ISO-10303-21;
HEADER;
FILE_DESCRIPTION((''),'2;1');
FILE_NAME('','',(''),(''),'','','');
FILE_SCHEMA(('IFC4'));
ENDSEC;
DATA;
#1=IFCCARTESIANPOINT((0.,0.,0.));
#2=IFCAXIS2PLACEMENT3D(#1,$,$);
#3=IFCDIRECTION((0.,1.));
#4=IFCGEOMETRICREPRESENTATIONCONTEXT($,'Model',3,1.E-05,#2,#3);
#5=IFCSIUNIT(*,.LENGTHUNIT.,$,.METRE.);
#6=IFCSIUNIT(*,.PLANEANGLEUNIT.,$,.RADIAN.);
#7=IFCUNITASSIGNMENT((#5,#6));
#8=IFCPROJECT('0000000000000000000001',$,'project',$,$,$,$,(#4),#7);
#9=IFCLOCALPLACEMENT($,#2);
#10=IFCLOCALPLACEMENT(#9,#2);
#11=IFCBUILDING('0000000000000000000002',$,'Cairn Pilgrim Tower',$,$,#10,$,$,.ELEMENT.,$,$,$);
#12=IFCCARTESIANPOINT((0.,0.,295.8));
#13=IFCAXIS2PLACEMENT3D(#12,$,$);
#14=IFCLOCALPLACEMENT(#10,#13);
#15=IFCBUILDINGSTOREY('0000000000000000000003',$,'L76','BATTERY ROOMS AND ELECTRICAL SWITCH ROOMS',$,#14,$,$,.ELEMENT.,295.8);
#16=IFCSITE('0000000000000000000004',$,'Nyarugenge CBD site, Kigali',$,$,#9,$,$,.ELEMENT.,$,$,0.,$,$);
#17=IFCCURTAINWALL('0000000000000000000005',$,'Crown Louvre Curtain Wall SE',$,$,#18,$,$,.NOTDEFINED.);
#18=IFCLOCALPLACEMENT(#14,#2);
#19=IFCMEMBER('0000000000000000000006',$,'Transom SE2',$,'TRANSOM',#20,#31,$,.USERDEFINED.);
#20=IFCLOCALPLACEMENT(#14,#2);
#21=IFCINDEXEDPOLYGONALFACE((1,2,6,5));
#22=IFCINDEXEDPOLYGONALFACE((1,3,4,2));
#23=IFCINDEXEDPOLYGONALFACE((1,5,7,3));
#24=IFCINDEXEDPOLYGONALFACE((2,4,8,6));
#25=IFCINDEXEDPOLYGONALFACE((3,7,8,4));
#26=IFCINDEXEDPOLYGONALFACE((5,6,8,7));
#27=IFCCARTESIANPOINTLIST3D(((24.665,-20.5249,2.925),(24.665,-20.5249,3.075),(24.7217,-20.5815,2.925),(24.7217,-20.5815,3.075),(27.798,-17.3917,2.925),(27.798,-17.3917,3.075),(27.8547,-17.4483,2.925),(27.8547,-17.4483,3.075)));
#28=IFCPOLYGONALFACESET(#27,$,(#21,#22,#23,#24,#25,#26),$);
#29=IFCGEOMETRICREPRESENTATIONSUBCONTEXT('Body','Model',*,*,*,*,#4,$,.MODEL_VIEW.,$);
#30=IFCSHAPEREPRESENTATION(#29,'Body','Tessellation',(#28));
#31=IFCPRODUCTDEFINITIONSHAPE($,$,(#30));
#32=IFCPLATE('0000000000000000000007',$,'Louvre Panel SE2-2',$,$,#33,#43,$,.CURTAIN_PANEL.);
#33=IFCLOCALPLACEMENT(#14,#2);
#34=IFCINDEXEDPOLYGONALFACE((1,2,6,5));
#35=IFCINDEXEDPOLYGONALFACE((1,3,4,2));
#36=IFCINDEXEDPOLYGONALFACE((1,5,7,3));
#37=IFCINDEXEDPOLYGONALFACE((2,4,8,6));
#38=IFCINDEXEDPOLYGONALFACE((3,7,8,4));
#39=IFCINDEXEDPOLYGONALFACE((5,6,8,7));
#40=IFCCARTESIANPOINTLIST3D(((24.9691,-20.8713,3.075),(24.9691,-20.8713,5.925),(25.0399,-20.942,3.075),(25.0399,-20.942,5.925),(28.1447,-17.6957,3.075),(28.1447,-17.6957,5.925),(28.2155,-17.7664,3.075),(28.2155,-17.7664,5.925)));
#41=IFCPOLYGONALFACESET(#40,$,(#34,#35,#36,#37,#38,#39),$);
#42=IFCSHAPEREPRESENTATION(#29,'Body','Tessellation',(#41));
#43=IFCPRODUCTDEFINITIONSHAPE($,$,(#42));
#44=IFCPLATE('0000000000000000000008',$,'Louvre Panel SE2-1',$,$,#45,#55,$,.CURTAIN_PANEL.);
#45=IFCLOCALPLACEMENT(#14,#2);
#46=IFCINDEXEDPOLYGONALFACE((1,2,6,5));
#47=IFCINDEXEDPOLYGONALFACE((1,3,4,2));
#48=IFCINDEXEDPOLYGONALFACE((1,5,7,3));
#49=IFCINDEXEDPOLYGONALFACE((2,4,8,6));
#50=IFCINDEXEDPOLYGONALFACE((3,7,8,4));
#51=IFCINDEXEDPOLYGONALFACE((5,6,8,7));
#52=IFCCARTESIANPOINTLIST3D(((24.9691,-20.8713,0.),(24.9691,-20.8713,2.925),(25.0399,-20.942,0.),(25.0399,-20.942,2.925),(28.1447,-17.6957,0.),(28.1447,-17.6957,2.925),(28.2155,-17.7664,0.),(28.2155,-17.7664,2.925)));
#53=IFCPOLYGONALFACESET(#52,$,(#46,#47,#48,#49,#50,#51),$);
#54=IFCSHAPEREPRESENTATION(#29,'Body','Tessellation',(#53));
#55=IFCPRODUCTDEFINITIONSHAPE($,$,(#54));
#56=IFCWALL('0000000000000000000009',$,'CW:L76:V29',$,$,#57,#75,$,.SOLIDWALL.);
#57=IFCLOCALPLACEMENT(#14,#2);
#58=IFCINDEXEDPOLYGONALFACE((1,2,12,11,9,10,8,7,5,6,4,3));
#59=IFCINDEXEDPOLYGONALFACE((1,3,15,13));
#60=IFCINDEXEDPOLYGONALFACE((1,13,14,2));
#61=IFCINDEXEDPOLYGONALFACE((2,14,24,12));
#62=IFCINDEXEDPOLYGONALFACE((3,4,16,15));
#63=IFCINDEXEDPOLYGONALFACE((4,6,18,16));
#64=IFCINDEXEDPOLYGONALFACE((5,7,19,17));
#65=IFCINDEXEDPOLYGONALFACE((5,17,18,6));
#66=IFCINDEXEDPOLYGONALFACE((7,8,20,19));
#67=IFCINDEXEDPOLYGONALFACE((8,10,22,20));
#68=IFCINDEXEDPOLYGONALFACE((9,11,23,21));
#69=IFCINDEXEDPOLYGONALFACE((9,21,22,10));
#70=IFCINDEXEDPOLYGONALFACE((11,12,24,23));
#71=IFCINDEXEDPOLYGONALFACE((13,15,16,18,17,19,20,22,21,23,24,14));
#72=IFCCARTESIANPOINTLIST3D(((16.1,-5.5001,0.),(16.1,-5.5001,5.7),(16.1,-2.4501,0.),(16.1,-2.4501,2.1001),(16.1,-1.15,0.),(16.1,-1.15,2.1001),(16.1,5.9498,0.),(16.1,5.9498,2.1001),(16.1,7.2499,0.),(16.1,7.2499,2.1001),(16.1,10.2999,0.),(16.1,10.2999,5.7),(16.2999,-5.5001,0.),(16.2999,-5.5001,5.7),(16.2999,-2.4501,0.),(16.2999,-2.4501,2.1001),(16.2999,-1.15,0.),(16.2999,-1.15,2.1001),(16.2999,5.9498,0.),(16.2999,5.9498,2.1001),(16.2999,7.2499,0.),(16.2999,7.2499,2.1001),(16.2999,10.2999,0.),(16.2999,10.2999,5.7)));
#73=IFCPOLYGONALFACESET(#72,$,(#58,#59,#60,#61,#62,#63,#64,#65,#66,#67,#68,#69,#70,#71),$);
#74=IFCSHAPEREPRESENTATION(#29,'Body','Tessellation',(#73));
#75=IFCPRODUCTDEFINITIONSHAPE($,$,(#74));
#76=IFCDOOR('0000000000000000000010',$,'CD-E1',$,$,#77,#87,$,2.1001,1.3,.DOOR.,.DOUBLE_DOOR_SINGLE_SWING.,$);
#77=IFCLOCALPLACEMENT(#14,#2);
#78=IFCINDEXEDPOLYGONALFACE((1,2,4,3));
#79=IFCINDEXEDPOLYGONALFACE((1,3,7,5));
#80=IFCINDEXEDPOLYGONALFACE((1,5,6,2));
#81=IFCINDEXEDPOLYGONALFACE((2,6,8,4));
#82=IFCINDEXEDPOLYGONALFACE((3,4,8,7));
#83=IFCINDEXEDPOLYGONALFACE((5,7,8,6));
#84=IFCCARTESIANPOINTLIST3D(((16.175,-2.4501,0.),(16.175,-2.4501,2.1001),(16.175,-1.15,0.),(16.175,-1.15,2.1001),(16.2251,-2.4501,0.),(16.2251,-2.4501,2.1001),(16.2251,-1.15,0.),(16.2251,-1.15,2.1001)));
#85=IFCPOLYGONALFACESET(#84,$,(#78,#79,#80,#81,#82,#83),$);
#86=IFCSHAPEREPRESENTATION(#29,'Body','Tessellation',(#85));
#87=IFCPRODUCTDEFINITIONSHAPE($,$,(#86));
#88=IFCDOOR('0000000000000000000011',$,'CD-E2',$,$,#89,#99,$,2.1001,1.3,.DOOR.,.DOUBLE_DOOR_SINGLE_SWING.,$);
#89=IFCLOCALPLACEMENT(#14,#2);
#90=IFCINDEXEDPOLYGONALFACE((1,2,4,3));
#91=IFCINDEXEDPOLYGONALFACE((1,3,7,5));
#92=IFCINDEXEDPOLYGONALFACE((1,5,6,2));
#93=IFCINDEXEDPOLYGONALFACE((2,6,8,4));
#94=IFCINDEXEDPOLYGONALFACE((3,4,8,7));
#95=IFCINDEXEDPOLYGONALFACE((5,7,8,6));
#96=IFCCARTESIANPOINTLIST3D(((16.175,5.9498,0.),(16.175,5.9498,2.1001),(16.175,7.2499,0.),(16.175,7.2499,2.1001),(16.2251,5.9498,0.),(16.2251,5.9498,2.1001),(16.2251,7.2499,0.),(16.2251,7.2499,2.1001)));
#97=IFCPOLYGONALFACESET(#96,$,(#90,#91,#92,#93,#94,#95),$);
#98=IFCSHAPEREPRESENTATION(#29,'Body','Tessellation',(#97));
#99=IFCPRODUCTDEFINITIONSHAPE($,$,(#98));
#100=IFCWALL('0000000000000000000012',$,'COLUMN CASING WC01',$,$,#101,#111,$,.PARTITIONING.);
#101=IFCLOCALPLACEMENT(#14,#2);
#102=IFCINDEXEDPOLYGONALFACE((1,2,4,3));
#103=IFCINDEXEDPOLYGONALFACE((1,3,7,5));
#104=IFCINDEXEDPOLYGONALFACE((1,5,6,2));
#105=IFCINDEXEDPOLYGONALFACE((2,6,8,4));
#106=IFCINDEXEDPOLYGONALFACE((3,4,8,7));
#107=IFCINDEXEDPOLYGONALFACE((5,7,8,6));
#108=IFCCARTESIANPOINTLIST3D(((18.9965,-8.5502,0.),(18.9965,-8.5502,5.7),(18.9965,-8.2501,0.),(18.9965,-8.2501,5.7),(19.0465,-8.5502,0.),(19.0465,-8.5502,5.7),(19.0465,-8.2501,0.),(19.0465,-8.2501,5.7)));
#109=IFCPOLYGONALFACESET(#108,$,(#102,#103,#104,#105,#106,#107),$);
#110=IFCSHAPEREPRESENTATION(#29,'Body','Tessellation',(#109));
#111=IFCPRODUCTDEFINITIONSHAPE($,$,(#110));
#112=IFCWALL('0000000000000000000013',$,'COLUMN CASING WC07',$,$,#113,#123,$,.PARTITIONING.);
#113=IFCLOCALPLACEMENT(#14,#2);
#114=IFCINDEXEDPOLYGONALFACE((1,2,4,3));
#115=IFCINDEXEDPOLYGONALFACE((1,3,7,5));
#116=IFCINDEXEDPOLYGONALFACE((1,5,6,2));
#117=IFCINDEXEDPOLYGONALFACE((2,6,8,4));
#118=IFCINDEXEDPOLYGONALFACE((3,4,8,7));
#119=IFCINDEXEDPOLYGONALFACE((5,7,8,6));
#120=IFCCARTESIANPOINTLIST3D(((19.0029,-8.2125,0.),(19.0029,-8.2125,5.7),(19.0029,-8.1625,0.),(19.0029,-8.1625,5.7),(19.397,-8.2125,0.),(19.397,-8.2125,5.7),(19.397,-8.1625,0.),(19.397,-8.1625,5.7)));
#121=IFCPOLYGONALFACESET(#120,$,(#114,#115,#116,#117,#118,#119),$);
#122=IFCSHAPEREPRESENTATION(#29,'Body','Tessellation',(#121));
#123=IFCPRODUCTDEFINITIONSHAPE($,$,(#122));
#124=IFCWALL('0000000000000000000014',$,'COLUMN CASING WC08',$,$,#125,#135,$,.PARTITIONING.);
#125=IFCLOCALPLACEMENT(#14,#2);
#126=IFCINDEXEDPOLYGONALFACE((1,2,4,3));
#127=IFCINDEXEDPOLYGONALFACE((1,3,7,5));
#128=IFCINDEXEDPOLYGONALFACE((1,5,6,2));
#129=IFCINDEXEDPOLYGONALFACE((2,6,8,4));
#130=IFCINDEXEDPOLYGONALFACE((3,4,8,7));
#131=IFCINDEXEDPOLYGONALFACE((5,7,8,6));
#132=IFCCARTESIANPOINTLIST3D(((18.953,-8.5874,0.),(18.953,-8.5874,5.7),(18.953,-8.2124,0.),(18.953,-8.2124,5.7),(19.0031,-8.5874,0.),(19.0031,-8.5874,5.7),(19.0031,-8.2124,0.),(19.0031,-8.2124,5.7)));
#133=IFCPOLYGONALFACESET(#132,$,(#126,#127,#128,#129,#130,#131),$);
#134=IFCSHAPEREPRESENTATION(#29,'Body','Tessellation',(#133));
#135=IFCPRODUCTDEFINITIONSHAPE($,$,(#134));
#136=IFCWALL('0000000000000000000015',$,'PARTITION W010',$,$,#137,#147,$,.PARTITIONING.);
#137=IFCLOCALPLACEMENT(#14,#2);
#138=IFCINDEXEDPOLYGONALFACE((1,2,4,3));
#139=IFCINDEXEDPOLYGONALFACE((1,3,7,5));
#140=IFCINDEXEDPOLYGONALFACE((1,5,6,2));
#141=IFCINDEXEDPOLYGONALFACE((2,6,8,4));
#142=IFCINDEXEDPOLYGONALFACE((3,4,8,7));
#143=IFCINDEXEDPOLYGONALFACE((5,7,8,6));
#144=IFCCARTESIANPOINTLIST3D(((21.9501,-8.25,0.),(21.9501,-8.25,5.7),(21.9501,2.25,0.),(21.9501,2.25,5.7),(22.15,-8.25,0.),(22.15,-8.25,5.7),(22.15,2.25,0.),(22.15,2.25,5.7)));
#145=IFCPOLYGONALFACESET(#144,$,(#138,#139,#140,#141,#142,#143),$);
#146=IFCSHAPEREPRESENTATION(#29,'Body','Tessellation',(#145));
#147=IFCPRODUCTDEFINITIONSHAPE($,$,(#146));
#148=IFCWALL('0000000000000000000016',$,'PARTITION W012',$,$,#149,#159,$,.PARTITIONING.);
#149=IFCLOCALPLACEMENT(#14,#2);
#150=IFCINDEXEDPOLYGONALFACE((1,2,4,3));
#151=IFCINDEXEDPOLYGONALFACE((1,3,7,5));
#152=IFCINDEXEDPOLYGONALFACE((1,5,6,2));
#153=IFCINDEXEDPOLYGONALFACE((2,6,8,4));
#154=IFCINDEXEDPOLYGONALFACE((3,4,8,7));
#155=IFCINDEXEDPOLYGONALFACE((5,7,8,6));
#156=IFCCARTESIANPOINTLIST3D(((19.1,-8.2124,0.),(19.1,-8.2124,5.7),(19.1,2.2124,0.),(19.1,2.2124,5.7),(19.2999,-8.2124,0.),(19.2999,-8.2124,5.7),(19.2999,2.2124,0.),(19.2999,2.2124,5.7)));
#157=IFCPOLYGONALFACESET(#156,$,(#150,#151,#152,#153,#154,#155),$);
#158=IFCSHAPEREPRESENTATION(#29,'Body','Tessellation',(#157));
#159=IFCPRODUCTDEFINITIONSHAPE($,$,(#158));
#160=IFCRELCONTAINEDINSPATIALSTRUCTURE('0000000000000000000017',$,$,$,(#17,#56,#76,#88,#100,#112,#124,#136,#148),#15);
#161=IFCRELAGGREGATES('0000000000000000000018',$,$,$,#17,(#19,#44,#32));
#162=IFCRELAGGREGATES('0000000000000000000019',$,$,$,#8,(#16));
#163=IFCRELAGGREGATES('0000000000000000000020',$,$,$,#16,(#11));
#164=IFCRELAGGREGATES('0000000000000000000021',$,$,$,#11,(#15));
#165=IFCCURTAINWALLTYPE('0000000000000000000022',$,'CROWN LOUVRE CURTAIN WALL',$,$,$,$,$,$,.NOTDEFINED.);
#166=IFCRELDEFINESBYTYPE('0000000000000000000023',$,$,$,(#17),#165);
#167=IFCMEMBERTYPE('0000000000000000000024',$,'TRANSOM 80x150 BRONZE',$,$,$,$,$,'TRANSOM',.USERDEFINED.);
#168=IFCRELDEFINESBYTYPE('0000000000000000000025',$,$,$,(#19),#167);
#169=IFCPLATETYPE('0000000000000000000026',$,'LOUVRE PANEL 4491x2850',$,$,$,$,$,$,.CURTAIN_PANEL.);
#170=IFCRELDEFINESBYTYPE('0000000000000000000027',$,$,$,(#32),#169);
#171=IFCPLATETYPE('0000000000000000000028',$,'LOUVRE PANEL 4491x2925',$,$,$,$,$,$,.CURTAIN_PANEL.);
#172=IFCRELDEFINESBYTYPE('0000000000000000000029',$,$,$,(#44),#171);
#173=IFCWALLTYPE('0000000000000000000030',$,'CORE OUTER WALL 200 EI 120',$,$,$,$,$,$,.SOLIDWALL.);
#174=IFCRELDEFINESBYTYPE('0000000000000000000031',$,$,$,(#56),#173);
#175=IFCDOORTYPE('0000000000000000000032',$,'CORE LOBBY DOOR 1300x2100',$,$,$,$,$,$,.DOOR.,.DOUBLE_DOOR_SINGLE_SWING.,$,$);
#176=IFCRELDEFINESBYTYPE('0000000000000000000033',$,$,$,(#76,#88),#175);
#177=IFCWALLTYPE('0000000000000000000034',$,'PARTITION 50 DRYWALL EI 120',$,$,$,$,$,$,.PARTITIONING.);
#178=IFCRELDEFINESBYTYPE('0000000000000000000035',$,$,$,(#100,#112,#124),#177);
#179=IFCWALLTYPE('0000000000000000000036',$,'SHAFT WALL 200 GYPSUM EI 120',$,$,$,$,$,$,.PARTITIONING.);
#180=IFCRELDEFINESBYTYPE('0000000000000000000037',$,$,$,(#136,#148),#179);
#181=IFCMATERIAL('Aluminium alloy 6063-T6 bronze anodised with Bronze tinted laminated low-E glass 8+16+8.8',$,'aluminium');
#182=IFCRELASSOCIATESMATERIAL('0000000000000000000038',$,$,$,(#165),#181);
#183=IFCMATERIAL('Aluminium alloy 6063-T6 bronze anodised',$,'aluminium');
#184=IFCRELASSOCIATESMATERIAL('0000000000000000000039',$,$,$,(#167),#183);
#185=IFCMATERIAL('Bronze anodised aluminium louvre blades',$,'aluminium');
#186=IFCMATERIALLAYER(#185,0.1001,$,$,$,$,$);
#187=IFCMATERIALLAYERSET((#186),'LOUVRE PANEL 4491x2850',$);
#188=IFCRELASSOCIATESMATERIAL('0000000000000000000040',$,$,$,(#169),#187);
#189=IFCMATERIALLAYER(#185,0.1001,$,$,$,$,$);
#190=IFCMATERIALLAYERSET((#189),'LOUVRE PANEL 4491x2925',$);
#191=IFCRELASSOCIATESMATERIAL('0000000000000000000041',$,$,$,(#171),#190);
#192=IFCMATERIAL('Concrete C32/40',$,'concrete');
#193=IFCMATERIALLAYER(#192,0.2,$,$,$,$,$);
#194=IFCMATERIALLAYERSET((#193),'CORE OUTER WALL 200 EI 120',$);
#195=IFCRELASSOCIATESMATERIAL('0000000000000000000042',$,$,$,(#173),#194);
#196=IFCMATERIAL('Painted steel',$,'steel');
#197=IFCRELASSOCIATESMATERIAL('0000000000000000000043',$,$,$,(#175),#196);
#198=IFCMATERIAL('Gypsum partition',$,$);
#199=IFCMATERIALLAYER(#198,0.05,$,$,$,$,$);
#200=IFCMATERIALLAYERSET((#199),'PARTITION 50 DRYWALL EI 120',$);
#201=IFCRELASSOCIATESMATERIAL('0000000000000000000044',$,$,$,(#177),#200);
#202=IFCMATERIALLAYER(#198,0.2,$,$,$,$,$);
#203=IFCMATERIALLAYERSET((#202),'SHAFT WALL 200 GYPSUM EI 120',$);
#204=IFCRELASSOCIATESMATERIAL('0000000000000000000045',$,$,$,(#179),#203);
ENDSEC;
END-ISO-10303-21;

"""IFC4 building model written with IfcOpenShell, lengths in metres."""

from ifc_helpers import new_model, si_unit, direction, frame, frame_2d, origin, origin_2d, place, context, subcontext, project, spatial, rectangle, extrude, material, layer, layer_set, material_profile, profile_set, type_object, element, fill, aggregate, save


model = new_model("IFC4")

# Units and contexts
model_context = context("Model", 3, precision=1e-05, world=origin(), true_north=direction((0.0, 1.0)))
body_context = subcontext(model_context, "Body", "Model", "MODEL_VIEW")
ifc_project = project(units=[si_unit("LENGTHUNIT", "METRE"), si_unit("PLANEANGLEUNIT", "RADIAN")], contexts=[model_context])

# Site, building, storey
site_placement = place(None, origin())
site = spatial("IfcSite", under=ifc_project, at=site_placement, Name="Nyarugenge CBD site, Kigali", CompositionType="ELEMENT", RefElevation=0.0)
building_placement = place(site_placement, origin())
building = spatial("IfcBuilding", under=site, at=building_placement, Name="Cairn Pilgrim Tower", CompositionType="ELEMENT")
storey_placement = place(building_placement, frame((0.0, 0.0, 295.8)))
storey = spatial("IfcBuildingStorey", under=building, at=storey_placement, Name="L76", Description="BATTERY ROOMS AND ELECTRICAL SWITCH ROOMS", CompositionType="ELEMENT", Elevation=295.8)

# Curtain wall, member, plates
ifc_material_1 = material(Name="Aluminium alloy 6063-T6 bronze anodised with Bronze tinted laminated low-E glass 8+16+8.8", Category="aluminium")
curtain_wall_type = type_object("IfcCurtainWallType", Name="CROWN LOUVRE CURTAIN WALL", PredefinedType="NOTDEFINED", material=ifc_material_1)
curtain_wall_placement = place(storey_placement, origin())
curtain_wall = element("IfcCurtainWall", 1, at=curtain_wall_placement, inside=storey, type_object=curtain_wall_type, Name="Crown Louvre Curtain Wall SE", PredefinedType="NOTDEFINED")
ifc_material_2 = material(Name="Aluminium alloy 6063-T6 bronze anodised", Category="aluminium")
ifc_material_profile_1 = material_profile(ifc_material_2, rectangle(XDim=0.0801, YDim=0.1499, at=origin_2d()), Name="TRANSOM 80x150 BRONZE")
ifc_profile_set_1 = profile_set([ifc_material_profile_1], Name="Aluminium alloy 6063-T6 bronze anodised")
member_type = type_object("IfcMemberType", Name="TRANSOM 80x150 BRONZE", ElementType="TRANSOM", PredefinedType="USERDEFINED", material=ifc_profile_set_1)
member_placement = place(storey_placement, frame((24.6934, -20.5532, 3.0), z_axis=(0.707079, 0.707134, 0.0), x_axis=(-0.707134, 0.707079, 0.0)))
member = element("IfcMember", 2, at=member_placement, type_object=member_type, Name="Transom SE2", ObjectType="TRANSOM", PredefinedType="USERDEFINED", context=body_context, shape_type="SweptSolid", body=[
    extrude(rectangle(XDim=0.0801, YDim=0.1499, at=origin_2d()), origin(), (0.0, 0.0, 1.0), 4.4309),
])
ifc_material_3 = material(Name="Bronze anodised aluminium louvre blades", Category="aluminium")
ifc_layer_1 = layer(ifc_material_3, 0.1001)
ifc_layer_set_1 = layer_set([ifc_layer_1], Name="LOUVRE PANEL 4491x2850")
plate_type_1 = type_object("IfcPlateType", Name="LOUVRE PANEL 4491x2850", PredefinedType="CURTAIN_PANEL", material=ifc_layer_set_1)
plate_1_placement = place(storey_placement, frame((26.5923, -19.3188, 3.075), z_axis=(0.0, 0.0, 1.0), x_axis=(0.707107, 0.707107, 0.0)))
plate_1 = element("IfcPlate", 3, at=plate_1_placement, type_object=plate_type_1, Name="Louvre Panel SE2-2", PredefinedType="CURTAIN_PANEL", context=body_context, shape_type="SweptSolid", body=[
    extrude(rectangle(XDim=4.491, YDim=0.1001, at=origin_2d()), origin(), (0.0, 0.0, 1.0), 2.8501),
])
ifc_layer_2 = layer(ifc_material_3, 0.1001)
ifc_layer_set_2 = layer_set([ifc_layer_2], Name="LOUVRE PANEL 4491x2925")
plate_type_2 = type_object("IfcPlateType", Name="LOUVRE PANEL 4491x2925", PredefinedType="CURTAIN_PANEL", material=ifc_layer_set_2)
plate_2_placement = place(storey_placement, frame((26.5923, -19.3188, 0.0), z_axis=(0.0, 0.0, 1.0), x_axis=(0.707107, 0.707107, 0.0)))
plate_2 = element("IfcPlate", 4, at=plate_2_placement, type_object=plate_type_2, Name="Louvre Panel SE2-1", PredefinedType="CURTAIN_PANEL", context=body_context, shape_type="SweptSolid", body=[
    extrude(rectangle(XDim=4.491, YDim=0.1001, at=origin_2d()), origin(), (0.0, 0.0, 1.0), 2.925),
])
aggregate(curtain_wall, [member, plate_2, plate_1])

# Wall, openings, doors
ifc_material_4 = material(Name="Concrete C32/40", Category="concrete")
ifc_layer_3 = layer(ifc_material_4, 0.2)
ifc_layer_set_3 = layer_set([ifc_layer_3], Name="CORE OUTER WALL 200 EI 120")
wall_type_1 = type_object("IfcWallType", Name="CORE OUTER WALL 200 EI 120", PredefinedType="SOLIDWALL", material=ifc_layer_set_3)
wall_1_placement = place(storey_placement, frame((16.2, -5.5, 0.0), z_axis=(0.0, 0.0, 1.0), x_axis=(0.0, 1.0, 0.0)))
wall_1 = element("IfcWall", 5, at=wall_1_placement, inside=storey, type_object=wall_type_1, Name="CW:L76:V29", PredefinedType="SOLIDWALL", context=body_context, shape_type="SweptSolid", body=[
    extrude(rectangle(XDim=15.8, YDim=0.2, at=frame_2d((7.8999, 0.0))), origin(), (0.0, 0.0, 1.0), 5.7),
])
opening_1_placement = place(wall_1_placement, frame((3.05, 0.0, 0.0)))
opening_1 = element("IfcOpeningElement", 6, at=opening_1_placement, cuts=wall_1, PredefinedType="OPENING", context=body_context, shape_type="SweptSolid", body=[
    extrude(rectangle(XDim=1.3, YDim=2.1001, at=frame_2d((0.6499, 1.05))), frame((0.0, 0.1099, 0.0), z_axis=(0.0, -1.0, 0.0), x_axis=(1.0, 0.0, 0.0)), (0.0, 0.0, 1.0), 0.22),
])
opening_2_placement = place(wall_1_placement, frame((11.45, 0.0, 0.0)))
opening_2 = element("IfcOpeningElement", 7, at=opening_2_placement, cuts=wall_1, PredefinedType="OPENING", context=body_context, shape_type="SweptSolid", body=[
    extrude(rectangle(XDim=1.3, YDim=2.1001, at=frame_2d((0.6499, 1.05))), frame((0.0, 0.1099, 0.0), z_axis=(0.0, -1.0, 0.0), x_axis=(1.0, 0.0, 0.0)), (0.0, 0.0, 1.0), 0.22),
])
ifc_material_5 = material(Name="Painted steel", Category="steel")
door_type = type_object("IfcDoorType", Name="CORE LOBBY DOOR 1300x2100", OperationType="DOUBLE_DOOR_SINGLE_SWING", PredefinedType="DOOR", material=ifc_material_5)
door_1_placement = place(opening_1_placement, origin())
door_1 = element("IfcDoor", 8, at=door_1_placement, inside=storey, type_object=door_type, Name="CD-E1", OperationType="DOUBLE_DOOR_SINGLE_SWING", OverallHeight=2.1001, OverallWidth=1.3, PredefinedType="DOOR", context=body_context, shape_type="SweptSolid", body=[
    extrude(rectangle(XDim=1.3, YDim=2.1001, at=frame_2d((0.6499, 1.05))), frame((0.0, 0.0249, 0.0), z_axis=(0.0, -1.0, 0.0), x_axis=(1.0, 0.0, 0.0)), (0.0, 0.0, 1.0), 0.05),
])
fill(opening_1, door_1)
door_2_placement = place(opening_2_placement, origin())
door_2 = element("IfcDoor", 9, at=door_2_placement, inside=storey, type_object=door_type, Name="CD-E2", OperationType="DOUBLE_DOOR_SINGLE_SWING", OverallHeight=2.1001, OverallWidth=1.3, PredefinedType="DOOR", context=body_context, shape_type="SweptSolid", body=[
    extrude(rectangle(XDim=1.3, YDim=2.1001, at=frame_2d((0.6499, 1.05))), frame((0.0, 0.0249, 0.0), z_axis=(0.0, -1.0, 0.0), x_axis=(1.0, 0.0, 0.0)), (0.0, 0.0, 1.0), 0.05),
])
fill(opening_2, door_2)

# Walls
ifc_material_6 = material(Name="Gypsum partition")
ifc_layer_4 = layer(ifc_material_6, 0.05)
ifc_layer_set_4 = layer_set([ifc_layer_4], Name="PARTITION 50 DRYWALL EI 120")
wall_type_2 = type_object("IfcWallType", Name="PARTITION 50 DRYWALL EI 120", PredefinedType="PARTITIONING", material=ifc_layer_set_4)
wall_2_placement = place(storey_placement, frame((19.0215, -8.55, 0.0), z_axis=(0.0, 0.0, 1.0), x_axis=(0.0, 1.0, 0.0)))
element("IfcWall", 10, at=wall_2_placement, inside=storey, type_object=wall_type_2, Name="COLUMN CASING WC01", PredefinedType="PARTITIONING", context=body_context, shape_type="SweptSolid", body=[
    extrude(rectangle(XDim=0.3, YDim=0.05, at=frame_2d((0.1499, 0.0))), origin(), (0.0, 0.0, 1.0), 5.7),
])
wall_3_placement = place(storey_placement, frame((19.0029, -8.1875, 0.0), z_axis=(0.0, 0.0, 1.0), x_axis=(1.0, 0.0, 0.0)))
element("IfcWall", 11, at=wall_3_placement, inside=storey, type_object=wall_type_2, Name="COLUMN CASING WC07", PredefinedType="PARTITIONING", context=body_context, shape_type="SweptSolid", body=[
    extrude(rectangle(XDim=0.394, YDim=0.05, at=frame_2d((0.197, 0.0))), origin(), (0.0, 0.0, 1.0), 5.7),
])
wall_4_placement = place(storey_placement, frame((18.978, -8.5874, 0.0), z_axis=(0.0, 0.0, 1.0), x_axis=(0.0, 1.0, 0.0)))
element("IfcWall", 12, at=wall_4_placement, inside=storey, type_object=wall_type_2, Name="COLUMN CASING WC08", PredefinedType="PARTITIONING", context=body_context, shape_type="SweptSolid", body=[
    extrude(rectangle(XDim=0.375, YDim=0.05, at=frame_2d((0.1875, 0.0))), origin(), (0.0, 0.0, 1.0), 5.7),
])
ifc_layer_5 = layer(ifc_material_6, 0.2)
ifc_layer_set_5 = layer_set([ifc_layer_5], Name="SHAFT WALL 200 GYPSUM EI 120")
wall_type_3 = type_object("IfcWallType", Name="SHAFT WALL 200 GYPSUM EI 120", PredefinedType="PARTITIONING", material=ifc_layer_set_5)
wall_5_placement = place(storey_placement, frame((22.05, -8.25, 0.0), z_axis=(0.0, 0.0, 1.0), x_axis=(0.0, 1.0, 0.0)))
element("IfcWall", 13, at=wall_5_placement, inside=storey, type_object=wall_type_3, Name="PARTITION W010", PredefinedType="PARTITIONING", context=body_context, shape_type="SweptSolid", body=[
    extrude(rectangle(XDim=10.5, YDim=0.2, at=frame_2d((5.25, 0.0))), origin(), (0.0, 0.0, 1.0), 5.7),
])
wall_6_placement = place(storey_placement, frame((19.2, -8.2124, 0.0), z_axis=(0.0, 0.0, 1.0), x_axis=(0.0, 1.0, 0.0)))
element("IfcWall", 14, at=wall_6_placement, inside=storey, type_object=wall_type_3, Name="PARTITION W012", PredefinedType="PARTITIONING", context=body_context, shape_type="SweptSolid", body=[
    extrude(rectangle(XDim=10.4248, YDim=0.2, at=frame_2d((5.2124, 0.0))), origin(), (0.0, 0.0, 1.0), 5.7),
])

save(model, "model.ifc")
